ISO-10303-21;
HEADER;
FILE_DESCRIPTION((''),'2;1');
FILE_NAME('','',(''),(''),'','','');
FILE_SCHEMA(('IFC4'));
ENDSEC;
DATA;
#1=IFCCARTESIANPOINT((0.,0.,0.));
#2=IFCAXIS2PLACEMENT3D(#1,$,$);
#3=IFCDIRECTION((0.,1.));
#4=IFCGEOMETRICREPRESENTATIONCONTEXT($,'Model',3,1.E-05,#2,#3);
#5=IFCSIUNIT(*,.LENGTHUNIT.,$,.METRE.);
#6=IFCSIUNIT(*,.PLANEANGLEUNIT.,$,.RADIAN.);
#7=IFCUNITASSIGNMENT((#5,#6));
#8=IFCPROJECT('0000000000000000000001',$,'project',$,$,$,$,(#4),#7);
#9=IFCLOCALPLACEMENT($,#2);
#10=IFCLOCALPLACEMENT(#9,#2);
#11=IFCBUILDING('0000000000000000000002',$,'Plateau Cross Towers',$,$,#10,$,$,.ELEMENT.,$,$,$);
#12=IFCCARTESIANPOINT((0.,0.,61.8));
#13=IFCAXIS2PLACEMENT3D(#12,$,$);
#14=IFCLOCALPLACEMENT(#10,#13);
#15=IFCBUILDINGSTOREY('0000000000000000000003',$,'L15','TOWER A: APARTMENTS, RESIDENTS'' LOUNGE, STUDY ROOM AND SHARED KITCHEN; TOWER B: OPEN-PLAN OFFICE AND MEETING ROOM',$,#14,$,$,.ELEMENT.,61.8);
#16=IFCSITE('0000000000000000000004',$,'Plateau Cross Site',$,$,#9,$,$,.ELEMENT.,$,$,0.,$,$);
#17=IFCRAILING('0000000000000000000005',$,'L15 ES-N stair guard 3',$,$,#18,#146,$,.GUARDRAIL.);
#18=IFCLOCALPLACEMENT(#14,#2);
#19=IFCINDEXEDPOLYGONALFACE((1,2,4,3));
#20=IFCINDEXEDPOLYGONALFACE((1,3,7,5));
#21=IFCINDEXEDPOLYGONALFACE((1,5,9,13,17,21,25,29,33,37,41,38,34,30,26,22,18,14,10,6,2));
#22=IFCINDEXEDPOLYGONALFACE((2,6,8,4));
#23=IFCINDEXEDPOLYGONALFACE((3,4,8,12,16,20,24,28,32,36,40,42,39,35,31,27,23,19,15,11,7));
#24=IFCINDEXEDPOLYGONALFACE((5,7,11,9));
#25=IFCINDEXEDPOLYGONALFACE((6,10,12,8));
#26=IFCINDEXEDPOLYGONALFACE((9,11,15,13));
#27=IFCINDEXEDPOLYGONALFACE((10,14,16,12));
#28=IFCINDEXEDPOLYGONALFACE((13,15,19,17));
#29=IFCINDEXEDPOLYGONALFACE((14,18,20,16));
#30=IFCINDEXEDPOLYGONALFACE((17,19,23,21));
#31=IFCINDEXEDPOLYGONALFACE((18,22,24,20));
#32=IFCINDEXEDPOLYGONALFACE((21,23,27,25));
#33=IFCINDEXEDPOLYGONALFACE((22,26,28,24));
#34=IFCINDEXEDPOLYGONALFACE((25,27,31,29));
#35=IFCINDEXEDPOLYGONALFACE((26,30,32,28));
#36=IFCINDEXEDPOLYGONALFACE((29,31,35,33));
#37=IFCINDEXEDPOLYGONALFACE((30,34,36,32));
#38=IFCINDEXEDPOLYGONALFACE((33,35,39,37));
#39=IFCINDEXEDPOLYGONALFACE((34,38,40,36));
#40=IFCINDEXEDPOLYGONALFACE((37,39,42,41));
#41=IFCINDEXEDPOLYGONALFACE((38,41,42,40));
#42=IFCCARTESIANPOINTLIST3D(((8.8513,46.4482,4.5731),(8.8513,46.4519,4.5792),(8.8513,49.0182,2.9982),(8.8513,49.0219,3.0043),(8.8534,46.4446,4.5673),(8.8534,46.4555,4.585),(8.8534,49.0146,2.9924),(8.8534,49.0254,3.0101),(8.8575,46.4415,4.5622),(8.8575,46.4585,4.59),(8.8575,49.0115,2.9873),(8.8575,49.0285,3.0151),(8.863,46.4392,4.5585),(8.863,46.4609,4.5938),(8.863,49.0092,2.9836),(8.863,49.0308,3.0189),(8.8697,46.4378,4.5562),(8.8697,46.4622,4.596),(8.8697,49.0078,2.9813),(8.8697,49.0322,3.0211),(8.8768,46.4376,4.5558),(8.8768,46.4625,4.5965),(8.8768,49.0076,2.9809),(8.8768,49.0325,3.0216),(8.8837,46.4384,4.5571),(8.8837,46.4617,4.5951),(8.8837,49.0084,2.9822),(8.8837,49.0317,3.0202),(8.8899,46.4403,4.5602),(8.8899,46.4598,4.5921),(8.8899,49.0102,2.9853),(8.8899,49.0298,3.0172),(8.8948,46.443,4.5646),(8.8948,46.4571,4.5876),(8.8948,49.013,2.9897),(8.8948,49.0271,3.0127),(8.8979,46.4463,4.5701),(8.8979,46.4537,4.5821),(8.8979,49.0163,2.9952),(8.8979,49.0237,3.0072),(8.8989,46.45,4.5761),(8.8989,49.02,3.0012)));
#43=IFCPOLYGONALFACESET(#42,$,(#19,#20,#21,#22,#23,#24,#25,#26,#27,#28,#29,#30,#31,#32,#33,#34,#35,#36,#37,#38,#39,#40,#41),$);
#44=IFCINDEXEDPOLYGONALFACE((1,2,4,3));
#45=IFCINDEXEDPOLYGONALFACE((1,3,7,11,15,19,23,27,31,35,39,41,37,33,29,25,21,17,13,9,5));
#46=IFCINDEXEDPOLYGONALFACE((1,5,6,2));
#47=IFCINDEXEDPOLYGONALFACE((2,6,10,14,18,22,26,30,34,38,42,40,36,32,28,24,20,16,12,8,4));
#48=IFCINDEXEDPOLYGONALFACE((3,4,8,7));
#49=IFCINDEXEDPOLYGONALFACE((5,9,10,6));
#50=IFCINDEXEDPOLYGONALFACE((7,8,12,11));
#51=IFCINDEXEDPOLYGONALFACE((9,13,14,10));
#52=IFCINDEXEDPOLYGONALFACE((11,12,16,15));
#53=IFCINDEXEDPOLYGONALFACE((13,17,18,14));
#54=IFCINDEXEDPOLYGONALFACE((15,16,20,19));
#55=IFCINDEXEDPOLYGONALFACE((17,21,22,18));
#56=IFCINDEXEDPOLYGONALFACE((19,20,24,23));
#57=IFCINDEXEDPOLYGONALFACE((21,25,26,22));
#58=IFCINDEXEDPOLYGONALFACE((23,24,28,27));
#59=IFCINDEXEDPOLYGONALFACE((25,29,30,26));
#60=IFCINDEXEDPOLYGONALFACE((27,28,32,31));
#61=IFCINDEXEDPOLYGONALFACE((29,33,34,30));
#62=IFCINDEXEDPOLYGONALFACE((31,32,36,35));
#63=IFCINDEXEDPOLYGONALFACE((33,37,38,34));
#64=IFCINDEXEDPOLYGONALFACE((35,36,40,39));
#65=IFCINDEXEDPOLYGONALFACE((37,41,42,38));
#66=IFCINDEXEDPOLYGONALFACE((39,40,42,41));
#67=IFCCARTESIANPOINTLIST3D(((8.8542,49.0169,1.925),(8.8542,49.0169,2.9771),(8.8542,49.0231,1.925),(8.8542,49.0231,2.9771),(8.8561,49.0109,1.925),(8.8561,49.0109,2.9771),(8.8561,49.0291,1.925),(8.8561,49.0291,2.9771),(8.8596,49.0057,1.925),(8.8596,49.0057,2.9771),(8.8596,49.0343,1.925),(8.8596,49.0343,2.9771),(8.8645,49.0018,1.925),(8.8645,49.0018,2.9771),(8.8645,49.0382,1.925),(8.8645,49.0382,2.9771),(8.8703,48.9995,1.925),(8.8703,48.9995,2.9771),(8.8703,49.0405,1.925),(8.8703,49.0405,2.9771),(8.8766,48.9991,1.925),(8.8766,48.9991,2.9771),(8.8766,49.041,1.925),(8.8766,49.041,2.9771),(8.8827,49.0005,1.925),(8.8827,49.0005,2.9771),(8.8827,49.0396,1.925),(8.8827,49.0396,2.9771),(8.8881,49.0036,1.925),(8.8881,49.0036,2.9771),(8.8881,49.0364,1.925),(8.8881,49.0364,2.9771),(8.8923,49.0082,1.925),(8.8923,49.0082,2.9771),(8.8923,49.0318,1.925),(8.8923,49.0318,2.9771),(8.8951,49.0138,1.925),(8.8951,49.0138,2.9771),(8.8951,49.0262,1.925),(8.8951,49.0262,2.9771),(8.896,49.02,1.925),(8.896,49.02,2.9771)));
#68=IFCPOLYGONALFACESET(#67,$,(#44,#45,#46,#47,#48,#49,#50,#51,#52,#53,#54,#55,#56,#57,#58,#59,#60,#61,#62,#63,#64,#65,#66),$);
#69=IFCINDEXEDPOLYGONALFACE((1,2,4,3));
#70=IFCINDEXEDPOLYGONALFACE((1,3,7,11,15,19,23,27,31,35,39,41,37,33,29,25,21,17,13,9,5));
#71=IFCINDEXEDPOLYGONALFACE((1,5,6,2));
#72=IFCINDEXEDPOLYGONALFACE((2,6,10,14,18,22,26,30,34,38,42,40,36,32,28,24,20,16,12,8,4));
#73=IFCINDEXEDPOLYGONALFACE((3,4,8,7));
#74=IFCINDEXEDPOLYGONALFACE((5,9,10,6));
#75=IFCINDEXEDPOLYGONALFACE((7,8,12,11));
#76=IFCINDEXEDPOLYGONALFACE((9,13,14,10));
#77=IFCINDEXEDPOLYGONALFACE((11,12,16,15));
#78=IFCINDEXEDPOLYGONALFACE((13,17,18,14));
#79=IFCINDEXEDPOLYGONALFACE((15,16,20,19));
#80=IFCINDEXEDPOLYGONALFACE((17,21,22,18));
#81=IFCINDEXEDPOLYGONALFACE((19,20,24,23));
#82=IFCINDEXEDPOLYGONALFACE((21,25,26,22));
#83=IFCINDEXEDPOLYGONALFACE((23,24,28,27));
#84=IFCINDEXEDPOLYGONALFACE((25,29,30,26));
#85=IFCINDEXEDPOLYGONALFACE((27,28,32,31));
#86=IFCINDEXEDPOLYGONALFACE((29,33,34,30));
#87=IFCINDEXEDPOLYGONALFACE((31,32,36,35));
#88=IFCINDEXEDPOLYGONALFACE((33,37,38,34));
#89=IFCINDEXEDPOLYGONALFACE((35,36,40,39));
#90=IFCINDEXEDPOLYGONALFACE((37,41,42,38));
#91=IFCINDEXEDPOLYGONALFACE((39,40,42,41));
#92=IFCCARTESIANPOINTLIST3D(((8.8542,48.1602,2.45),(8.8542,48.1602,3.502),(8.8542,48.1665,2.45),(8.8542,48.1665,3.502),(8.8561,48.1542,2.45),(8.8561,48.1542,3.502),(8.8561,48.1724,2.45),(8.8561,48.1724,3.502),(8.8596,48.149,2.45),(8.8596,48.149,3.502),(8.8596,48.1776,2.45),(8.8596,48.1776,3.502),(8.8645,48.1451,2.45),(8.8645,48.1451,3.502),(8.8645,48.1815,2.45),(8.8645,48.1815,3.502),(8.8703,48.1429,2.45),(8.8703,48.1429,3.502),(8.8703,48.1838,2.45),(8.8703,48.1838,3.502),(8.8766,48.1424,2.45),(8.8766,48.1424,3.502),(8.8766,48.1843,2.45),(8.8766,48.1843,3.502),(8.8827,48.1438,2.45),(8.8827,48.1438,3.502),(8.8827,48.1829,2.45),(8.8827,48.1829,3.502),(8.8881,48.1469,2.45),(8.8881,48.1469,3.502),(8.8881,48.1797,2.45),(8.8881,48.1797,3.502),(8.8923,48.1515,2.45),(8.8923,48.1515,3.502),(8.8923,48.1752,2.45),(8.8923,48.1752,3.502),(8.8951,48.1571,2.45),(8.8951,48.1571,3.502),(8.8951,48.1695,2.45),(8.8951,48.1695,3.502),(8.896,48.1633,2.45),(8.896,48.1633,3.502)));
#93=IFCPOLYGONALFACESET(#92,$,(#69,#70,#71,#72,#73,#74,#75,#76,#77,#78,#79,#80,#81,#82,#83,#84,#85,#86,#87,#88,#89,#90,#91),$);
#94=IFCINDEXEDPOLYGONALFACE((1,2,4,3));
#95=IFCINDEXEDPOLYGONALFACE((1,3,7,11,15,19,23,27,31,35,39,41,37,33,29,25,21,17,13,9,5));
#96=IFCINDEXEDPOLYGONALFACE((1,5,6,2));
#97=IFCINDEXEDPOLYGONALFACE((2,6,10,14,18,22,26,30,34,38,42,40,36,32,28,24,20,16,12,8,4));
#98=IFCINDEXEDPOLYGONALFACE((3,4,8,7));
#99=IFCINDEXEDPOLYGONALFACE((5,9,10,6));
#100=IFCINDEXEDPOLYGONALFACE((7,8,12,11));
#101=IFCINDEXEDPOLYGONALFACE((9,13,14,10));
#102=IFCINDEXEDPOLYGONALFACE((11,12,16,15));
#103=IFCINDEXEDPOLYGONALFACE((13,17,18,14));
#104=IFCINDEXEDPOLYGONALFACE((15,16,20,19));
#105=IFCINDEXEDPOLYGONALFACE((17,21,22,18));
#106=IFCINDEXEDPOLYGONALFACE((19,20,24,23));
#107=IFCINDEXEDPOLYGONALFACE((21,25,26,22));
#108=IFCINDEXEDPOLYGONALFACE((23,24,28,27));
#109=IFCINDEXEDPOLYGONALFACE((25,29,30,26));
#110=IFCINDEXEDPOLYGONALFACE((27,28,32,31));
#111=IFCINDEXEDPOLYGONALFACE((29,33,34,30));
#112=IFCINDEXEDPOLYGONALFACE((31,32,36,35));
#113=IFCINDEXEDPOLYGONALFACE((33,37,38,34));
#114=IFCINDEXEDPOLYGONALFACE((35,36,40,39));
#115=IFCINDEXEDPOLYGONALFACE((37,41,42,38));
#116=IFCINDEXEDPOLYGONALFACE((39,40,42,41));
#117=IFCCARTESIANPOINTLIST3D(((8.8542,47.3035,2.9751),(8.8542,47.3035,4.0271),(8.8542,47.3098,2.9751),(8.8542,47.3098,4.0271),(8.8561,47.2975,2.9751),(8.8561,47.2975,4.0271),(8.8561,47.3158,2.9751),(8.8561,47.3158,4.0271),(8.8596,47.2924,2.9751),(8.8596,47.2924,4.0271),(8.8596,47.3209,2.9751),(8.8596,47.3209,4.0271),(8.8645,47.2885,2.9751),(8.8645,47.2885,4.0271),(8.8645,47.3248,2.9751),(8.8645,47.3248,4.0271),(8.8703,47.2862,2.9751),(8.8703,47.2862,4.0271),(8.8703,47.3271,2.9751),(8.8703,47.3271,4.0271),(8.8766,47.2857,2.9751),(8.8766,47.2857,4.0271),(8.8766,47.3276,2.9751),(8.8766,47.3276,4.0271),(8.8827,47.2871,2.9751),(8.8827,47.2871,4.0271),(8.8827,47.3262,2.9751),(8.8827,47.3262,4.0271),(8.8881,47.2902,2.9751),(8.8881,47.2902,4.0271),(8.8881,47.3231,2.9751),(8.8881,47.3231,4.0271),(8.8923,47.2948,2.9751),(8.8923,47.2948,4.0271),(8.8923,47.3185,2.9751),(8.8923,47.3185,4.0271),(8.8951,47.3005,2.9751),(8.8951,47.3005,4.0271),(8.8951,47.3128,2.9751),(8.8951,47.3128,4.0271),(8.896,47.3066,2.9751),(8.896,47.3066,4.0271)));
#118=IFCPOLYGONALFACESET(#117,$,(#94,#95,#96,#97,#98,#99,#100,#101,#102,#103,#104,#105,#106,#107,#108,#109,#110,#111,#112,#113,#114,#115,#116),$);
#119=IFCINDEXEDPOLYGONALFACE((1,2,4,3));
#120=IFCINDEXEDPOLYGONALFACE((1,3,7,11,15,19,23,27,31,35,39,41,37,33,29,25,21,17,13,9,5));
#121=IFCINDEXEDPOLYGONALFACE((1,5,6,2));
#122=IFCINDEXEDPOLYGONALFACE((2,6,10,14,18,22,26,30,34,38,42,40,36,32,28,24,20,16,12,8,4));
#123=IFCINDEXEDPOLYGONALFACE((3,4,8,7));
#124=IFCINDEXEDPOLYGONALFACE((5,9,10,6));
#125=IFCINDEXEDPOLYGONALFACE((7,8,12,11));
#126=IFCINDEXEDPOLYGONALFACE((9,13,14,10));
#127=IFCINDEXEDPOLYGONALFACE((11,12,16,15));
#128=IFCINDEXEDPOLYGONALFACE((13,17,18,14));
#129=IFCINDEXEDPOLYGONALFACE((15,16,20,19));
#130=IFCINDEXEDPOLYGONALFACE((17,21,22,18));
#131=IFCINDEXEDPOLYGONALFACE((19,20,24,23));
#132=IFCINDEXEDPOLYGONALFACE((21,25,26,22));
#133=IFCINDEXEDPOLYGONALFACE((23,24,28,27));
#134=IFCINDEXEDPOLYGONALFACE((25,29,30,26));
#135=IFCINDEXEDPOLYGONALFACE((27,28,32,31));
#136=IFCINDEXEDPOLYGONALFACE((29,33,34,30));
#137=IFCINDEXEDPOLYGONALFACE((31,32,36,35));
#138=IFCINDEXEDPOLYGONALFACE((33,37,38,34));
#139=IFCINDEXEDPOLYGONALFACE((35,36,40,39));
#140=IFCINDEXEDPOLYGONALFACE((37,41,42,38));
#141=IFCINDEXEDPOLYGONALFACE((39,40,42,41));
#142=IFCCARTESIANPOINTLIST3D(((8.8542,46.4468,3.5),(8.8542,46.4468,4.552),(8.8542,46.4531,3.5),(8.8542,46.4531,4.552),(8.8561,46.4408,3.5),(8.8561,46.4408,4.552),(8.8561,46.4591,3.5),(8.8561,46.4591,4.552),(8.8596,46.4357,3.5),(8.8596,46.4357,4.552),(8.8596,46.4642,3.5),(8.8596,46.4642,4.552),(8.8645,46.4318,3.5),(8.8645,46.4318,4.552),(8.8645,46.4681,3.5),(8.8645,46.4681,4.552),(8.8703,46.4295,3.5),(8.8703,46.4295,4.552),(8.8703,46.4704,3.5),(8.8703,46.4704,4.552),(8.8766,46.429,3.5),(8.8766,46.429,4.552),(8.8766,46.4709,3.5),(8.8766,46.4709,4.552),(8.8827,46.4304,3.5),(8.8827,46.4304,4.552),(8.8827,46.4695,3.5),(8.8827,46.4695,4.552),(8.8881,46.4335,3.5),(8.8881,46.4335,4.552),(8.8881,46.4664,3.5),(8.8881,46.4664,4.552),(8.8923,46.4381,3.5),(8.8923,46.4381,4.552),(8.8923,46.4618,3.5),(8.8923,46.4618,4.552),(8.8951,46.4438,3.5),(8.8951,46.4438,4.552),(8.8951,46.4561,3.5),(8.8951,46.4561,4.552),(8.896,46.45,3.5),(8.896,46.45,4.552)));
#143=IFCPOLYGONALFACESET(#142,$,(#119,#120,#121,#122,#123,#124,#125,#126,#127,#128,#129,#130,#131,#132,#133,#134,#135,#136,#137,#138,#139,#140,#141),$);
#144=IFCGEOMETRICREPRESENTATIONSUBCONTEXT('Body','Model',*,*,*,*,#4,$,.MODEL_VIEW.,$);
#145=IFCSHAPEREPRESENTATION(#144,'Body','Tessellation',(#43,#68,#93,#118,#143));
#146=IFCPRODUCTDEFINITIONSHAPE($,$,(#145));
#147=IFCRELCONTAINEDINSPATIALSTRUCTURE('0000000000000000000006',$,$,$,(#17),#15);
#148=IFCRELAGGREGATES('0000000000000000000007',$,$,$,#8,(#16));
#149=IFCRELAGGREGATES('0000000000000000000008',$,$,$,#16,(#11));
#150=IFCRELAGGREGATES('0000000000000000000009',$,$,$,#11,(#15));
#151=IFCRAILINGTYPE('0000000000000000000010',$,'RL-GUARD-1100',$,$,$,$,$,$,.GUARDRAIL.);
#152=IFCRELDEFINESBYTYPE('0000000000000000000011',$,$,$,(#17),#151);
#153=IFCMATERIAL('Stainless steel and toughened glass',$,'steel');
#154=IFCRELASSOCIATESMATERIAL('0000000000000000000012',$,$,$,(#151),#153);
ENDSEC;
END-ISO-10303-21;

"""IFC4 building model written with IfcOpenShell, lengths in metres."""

from ifc_helpers import new_model, si_unit, direction, frame, origin, origin_2d, place, context, subcontext, project, spatial, circle, extrude, material, type_object, element, save


model = new_model("IFC4")

# Units and contexts
model_context = context("Model", 3, precision=1e-05, world=origin(), true_north=direction((0.0, 1.0)))
body_context = subcontext(model_context, "Body", "Model", "MODEL_VIEW")
ifc_project = project(units=[si_unit("LENGTHUNIT", "METRE"), si_unit("PLANEANGLEUNIT", "RADIAN")], contexts=[model_context])

# Site, building, storey
site_placement = place(None, origin())
site = spatial("IfcSite", under=ifc_project, at=site_placement, Name="Plateau Cross Site", CompositionType="ELEMENT", RefElevation=0.0)
building_placement = place(site_placement, origin())
building = spatial("IfcBuilding", under=site, at=building_placement, Name="Plateau Cross Towers", CompositionType="ELEMENT")
storey_placement = place(building_placement, frame((0.0, 0.0, 61.8)))
storey = spatial("IfcBuildingStorey", under=building, at=storey_placement, Name="L15", Description="TOWER A: APARTMENTS, RESIDENTS' LOUNGE, STUDY ROOM AND SHARED KITCHEN; TOWER B: OPEN-PLAN OFFICE AND MEETING ROOM", CompositionType="ELEMENT", Elevation=61.8)

# Railing
ifc_material_1 = material(Name="Stainless steel and toughened glass", Category="steel")
railing_type_1 = type_object("IfcRailingType", Name="RL-GUARD-1100", PredefinedType="GUARDRAIL", material=ifc_material_1)
railing_1_placement = place(storey_placement, frame((8.875, 49.02, 1.925)))
element("IfcRailing", 1, at=railing_1_placement, inside=storey, type_object=railing_type_1, Name="L15 ES-N stair guard 3", PredefinedType="GUARDRAIL", context=body_context, shape_type="SweptSolid", body=[
    extrude(circle(Radius=0.0239, at=origin_2d()), frame((0.0, 0.0, 1.0762), z_axis=(0.0, -0.852639, 0.522501), x_axis=(1.0, 0.0, 0.0)), (0.0, 0.0, 1.0), 3.0142),
    extrude(circle(Radius=0.021, at=origin_2d()), origin(), (0.0, 0.0, 1.0), 1.052),
    extrude(circle(Radius=0.021, at=origin_2d()), frame((0.0, -0.8567, 0.5249)), (0.0, 0.0, 1.0), 1.052),
    extrude(circle(Radius=0.021, at=origin_2d()), frame((0.0, -1.7134, 1.05)), (0.0, 0.0, 1.0), 1.052),
    extrude(circle(Radius=0.021, at=origin_2d()), frame((0.0, -2.5701, 1.575)), (0.0, 0.0, 1.0), 1.052),
])

save(model, "model.ifc")
